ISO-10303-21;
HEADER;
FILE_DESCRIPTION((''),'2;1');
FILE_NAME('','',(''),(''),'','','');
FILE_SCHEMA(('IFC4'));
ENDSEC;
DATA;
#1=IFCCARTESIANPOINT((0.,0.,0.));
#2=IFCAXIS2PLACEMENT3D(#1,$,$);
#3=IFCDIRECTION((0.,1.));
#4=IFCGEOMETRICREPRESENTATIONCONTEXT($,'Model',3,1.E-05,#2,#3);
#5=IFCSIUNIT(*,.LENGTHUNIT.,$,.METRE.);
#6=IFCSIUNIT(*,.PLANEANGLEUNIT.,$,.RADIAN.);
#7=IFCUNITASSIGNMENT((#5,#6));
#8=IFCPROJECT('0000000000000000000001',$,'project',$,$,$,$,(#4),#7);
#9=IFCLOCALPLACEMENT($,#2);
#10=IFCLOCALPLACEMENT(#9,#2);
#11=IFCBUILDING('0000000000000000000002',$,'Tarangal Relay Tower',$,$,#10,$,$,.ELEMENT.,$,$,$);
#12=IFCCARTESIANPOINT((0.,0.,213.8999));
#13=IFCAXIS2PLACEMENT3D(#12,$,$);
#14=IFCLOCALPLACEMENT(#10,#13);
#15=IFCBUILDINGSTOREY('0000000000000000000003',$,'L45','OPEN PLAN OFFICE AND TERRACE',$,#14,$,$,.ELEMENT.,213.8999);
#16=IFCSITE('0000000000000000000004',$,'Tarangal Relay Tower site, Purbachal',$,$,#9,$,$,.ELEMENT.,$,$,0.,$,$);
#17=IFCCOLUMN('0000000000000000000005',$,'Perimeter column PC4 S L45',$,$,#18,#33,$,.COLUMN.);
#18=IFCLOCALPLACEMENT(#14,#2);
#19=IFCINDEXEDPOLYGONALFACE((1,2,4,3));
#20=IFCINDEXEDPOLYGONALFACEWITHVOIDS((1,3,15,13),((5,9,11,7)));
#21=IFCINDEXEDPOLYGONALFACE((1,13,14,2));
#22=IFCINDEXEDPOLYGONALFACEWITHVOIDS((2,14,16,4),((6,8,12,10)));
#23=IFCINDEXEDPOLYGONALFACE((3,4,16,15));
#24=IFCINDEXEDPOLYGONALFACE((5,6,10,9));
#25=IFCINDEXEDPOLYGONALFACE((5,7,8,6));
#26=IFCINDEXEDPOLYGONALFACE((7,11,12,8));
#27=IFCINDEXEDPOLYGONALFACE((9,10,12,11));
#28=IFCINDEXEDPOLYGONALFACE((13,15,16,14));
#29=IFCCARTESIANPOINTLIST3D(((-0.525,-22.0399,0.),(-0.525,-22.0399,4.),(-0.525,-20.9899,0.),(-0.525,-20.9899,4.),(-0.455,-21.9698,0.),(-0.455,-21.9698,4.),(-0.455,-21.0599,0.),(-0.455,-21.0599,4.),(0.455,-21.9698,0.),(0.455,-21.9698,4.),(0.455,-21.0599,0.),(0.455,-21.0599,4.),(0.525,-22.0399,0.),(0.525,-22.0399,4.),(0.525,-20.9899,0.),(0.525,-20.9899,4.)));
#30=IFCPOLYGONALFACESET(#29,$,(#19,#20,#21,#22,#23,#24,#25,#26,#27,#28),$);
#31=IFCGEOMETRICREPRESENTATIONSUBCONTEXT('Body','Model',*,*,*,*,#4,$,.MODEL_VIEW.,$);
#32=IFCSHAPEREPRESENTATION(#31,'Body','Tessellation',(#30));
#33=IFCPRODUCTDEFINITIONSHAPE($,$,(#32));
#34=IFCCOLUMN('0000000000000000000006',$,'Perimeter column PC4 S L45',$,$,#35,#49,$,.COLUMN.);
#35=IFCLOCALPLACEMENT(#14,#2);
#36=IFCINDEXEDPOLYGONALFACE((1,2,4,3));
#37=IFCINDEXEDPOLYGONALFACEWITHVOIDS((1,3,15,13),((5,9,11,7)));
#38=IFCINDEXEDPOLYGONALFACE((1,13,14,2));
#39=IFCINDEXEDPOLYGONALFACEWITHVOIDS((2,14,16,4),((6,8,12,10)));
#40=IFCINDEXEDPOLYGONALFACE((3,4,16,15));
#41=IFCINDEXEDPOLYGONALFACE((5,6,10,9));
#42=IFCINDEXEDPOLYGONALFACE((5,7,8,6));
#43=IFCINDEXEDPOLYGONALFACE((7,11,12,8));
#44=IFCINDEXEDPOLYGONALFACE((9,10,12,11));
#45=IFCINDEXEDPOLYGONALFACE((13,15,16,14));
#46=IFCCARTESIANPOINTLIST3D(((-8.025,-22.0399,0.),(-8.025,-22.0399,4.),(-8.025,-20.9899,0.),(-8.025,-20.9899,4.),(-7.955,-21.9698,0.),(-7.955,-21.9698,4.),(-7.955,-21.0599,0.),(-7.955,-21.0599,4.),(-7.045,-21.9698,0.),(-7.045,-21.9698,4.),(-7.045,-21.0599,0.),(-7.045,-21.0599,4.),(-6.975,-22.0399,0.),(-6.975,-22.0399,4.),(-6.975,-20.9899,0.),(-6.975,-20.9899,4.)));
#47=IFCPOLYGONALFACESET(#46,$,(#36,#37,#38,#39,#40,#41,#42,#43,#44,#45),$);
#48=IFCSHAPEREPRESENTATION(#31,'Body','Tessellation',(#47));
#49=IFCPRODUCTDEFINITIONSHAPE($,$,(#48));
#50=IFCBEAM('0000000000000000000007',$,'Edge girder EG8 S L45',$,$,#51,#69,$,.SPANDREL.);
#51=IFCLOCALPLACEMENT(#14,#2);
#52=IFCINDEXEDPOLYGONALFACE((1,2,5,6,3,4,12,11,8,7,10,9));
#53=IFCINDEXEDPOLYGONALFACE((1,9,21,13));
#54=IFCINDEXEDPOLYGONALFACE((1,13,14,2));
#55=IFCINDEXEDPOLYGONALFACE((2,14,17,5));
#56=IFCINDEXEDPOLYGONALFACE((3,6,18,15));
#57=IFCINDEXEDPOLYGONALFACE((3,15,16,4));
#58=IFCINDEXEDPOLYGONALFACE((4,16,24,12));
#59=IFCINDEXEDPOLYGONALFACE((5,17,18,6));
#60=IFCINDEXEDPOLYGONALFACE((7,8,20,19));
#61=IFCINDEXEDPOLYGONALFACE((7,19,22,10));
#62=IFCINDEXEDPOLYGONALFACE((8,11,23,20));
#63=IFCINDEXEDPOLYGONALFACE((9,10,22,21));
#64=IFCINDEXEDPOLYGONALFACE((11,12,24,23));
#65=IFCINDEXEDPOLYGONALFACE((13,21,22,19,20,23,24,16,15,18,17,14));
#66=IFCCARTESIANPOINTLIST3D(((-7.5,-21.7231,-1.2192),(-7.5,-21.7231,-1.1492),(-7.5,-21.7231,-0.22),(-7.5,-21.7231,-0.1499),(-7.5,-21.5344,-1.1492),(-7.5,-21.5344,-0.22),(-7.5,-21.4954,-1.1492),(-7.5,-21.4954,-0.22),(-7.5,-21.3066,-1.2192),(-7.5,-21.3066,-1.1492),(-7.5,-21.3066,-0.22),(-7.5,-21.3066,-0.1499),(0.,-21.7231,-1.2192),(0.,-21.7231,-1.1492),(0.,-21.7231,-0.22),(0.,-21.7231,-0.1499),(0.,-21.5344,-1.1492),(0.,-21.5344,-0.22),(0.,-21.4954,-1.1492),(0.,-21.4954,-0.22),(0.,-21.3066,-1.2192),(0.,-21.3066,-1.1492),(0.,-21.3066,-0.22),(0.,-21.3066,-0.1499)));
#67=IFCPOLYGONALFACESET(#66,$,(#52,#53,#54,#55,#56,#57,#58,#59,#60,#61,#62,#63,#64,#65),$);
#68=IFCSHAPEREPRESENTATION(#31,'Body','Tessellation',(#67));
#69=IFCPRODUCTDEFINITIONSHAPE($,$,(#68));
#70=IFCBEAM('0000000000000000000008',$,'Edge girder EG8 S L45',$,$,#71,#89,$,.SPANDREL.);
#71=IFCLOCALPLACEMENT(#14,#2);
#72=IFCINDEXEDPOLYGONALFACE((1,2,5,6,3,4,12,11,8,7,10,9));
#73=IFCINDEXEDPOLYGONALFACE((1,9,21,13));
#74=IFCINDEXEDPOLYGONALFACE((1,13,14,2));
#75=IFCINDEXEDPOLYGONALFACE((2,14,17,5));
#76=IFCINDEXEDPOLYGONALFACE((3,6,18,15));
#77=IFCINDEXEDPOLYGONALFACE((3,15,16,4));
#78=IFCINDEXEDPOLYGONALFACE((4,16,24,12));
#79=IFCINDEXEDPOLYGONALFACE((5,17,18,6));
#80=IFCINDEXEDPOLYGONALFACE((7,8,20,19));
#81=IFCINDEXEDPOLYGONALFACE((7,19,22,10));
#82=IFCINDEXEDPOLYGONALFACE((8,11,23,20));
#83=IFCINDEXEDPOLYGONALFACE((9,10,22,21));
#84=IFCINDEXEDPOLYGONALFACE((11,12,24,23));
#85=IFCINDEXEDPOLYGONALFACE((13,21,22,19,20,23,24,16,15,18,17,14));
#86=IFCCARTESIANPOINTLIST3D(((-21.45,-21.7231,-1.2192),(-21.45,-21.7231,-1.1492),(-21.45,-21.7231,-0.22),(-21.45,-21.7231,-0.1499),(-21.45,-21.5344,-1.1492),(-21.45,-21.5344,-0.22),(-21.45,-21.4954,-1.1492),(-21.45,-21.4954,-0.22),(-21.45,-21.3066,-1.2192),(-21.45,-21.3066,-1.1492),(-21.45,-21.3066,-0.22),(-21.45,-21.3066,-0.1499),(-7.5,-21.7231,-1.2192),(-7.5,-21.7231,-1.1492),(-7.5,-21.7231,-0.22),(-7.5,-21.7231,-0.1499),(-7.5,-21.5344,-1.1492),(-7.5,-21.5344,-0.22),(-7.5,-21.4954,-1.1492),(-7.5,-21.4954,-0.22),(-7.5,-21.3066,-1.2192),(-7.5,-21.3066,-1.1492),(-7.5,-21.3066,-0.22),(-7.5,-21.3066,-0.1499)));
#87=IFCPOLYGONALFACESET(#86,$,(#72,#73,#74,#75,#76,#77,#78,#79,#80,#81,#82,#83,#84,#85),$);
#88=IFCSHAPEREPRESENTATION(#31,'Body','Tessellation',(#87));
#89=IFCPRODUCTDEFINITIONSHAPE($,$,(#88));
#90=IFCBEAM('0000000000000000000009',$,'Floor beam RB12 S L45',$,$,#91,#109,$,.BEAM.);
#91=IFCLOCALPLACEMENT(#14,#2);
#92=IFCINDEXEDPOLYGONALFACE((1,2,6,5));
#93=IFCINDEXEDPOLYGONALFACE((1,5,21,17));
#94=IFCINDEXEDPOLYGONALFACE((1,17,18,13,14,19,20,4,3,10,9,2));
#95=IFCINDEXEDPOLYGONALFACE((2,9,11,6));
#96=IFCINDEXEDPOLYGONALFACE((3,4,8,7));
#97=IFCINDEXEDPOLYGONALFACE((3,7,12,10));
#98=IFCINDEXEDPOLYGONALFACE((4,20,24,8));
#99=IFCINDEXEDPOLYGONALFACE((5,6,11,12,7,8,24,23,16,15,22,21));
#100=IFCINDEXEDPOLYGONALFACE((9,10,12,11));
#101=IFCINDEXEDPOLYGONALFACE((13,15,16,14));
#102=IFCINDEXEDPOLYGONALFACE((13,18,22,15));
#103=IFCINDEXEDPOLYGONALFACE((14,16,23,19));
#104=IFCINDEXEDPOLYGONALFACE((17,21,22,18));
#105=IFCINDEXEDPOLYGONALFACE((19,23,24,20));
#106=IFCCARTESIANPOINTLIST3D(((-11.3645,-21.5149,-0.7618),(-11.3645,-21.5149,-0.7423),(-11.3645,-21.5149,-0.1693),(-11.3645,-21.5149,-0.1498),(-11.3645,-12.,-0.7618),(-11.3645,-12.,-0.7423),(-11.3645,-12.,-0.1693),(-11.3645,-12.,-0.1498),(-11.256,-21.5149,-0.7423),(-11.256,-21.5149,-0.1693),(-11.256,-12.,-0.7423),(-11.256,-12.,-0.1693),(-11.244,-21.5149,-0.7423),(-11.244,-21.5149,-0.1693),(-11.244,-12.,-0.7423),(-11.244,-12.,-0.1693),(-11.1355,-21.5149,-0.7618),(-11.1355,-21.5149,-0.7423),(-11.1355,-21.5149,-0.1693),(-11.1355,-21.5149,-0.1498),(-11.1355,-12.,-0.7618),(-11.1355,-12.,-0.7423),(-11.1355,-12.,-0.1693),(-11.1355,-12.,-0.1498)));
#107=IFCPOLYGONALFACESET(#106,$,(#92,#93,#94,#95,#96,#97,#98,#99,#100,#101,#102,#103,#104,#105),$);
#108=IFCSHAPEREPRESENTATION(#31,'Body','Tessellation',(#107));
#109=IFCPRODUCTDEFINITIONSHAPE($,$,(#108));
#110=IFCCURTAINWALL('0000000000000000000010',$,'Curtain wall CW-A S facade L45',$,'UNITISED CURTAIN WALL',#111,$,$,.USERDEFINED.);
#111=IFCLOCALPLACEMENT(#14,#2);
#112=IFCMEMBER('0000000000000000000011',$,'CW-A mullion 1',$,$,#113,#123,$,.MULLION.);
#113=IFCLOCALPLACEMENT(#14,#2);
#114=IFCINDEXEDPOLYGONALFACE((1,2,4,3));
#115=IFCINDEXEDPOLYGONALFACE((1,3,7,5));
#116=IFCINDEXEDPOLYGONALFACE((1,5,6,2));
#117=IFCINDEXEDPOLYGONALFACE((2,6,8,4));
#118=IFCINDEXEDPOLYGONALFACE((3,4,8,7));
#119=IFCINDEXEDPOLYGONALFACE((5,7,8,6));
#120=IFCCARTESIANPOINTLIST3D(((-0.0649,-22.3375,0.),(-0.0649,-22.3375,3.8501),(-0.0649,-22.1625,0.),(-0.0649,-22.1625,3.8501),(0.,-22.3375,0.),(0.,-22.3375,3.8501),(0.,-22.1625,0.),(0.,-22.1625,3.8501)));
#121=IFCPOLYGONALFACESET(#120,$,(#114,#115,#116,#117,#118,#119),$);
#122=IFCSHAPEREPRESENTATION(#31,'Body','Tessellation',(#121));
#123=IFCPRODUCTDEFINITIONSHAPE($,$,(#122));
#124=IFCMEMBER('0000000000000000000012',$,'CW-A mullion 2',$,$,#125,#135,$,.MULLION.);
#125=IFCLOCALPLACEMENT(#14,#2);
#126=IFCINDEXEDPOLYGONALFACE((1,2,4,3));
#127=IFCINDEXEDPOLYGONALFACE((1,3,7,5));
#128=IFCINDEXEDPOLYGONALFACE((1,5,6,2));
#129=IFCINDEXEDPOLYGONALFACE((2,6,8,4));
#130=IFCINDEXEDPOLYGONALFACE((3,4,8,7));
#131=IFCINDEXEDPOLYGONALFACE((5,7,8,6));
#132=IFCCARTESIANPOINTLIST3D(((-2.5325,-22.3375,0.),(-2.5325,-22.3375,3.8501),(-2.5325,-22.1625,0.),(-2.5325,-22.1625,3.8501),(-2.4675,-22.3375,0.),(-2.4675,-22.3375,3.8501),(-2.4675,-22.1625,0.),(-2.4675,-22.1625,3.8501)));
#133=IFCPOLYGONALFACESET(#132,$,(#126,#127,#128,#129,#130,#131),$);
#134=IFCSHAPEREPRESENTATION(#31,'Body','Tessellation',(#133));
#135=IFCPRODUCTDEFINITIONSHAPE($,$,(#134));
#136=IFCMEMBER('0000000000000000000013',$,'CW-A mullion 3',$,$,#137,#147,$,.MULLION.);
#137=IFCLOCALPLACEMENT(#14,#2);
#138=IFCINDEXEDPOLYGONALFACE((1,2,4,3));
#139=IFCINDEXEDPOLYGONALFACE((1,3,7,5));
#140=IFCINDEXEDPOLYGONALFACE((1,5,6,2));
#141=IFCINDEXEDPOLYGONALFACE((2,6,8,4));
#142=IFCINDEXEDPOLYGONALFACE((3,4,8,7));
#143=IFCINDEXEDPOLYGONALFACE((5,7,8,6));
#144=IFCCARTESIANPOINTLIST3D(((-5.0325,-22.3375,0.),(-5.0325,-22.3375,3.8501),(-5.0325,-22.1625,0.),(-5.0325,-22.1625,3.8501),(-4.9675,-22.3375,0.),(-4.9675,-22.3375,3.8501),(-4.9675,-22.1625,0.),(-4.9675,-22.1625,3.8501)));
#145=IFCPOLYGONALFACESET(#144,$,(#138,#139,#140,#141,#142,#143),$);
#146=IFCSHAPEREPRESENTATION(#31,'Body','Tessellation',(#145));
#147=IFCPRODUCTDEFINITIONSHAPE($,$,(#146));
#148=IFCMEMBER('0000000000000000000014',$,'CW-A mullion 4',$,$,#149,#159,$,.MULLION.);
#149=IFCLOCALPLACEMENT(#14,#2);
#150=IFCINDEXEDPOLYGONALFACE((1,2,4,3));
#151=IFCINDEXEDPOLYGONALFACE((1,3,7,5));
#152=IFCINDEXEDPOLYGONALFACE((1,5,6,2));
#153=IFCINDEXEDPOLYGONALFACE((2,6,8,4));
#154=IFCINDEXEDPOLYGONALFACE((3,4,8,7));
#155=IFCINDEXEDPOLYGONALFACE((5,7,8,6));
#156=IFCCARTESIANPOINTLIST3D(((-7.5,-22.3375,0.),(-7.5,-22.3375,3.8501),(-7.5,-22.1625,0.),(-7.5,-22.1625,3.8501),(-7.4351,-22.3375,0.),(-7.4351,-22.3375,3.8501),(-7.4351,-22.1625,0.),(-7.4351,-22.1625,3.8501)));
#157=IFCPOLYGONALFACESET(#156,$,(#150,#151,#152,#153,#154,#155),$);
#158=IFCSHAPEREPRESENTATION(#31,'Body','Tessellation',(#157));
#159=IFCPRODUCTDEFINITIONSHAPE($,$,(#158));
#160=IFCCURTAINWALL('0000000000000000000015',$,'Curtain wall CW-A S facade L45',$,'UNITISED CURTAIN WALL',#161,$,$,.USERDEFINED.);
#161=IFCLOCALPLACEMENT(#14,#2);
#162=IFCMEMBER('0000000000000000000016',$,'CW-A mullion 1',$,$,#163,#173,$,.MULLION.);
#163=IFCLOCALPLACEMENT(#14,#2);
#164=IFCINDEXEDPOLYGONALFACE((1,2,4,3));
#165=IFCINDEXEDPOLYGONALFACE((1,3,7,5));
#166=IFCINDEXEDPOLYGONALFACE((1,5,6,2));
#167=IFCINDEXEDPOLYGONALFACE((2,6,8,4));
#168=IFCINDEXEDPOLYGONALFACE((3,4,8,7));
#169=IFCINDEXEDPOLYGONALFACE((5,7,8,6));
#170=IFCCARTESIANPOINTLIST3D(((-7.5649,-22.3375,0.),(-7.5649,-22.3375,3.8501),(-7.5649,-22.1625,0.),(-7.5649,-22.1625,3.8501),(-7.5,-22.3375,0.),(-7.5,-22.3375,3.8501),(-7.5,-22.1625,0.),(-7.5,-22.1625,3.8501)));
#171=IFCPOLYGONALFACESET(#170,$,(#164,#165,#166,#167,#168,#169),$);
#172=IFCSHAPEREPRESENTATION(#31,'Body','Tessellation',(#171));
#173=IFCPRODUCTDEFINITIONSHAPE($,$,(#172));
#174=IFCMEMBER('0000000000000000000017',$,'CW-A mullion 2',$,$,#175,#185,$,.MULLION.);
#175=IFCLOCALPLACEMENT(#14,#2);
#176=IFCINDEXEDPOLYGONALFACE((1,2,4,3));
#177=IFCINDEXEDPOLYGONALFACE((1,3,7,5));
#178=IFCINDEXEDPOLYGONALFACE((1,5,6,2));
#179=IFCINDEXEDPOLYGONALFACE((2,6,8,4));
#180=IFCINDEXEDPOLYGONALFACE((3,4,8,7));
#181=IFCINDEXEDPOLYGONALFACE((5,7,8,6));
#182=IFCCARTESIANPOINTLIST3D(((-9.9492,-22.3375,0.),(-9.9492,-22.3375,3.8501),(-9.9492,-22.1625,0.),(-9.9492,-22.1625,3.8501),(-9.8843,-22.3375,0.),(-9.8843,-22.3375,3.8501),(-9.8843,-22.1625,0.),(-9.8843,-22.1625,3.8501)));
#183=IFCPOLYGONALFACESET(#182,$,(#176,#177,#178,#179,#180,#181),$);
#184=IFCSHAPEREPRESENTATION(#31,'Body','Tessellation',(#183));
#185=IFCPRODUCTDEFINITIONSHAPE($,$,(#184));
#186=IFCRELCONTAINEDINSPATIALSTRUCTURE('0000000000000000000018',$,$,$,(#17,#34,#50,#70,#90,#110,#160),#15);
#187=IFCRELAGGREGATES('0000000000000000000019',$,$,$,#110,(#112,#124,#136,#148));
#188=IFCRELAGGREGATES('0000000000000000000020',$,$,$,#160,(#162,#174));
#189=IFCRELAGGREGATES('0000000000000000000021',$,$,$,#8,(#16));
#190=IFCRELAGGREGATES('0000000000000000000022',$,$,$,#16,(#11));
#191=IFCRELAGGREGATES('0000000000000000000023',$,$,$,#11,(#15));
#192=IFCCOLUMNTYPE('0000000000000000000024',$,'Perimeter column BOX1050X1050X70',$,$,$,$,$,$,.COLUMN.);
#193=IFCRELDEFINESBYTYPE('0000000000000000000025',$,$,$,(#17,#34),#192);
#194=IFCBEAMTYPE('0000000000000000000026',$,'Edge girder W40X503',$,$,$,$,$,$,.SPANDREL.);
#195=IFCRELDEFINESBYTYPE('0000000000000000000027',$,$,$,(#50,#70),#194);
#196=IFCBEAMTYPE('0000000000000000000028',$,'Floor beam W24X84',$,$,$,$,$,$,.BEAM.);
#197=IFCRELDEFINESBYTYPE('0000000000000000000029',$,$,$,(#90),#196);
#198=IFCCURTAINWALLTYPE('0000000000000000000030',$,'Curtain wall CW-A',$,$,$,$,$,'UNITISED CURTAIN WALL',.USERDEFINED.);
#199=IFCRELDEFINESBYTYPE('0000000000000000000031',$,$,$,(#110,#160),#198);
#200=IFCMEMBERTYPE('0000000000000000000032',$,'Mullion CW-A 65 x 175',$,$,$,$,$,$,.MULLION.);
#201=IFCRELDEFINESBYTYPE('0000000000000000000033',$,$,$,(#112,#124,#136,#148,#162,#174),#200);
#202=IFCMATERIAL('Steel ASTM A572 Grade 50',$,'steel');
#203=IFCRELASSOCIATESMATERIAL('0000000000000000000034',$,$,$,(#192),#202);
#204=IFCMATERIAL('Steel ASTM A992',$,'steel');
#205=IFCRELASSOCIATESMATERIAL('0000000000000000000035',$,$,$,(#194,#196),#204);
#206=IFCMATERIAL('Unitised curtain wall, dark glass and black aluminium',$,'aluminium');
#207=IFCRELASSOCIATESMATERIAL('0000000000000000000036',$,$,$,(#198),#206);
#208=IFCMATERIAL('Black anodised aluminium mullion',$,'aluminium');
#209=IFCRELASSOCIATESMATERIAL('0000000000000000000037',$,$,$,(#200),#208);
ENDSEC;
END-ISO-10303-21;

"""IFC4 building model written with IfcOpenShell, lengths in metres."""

from ifc_helpers import new_model, si_unit, direction, frame, origin, origin_2d, place, context, subcontext, project, spatial, rectangle, hollow_rectangle, i_section, extrude, material, material_profile, profile_set, type_object, element, aggregate, save


model = new_model("IFC4")

# Units and contexts
model_context = context("Model", 3, precision=1e-05, world=origin(), true_north=direction((0.0, 1.0)))
body_context = subcontext(model_context, "Body", "Model", "MODEL_VIEW")
ifc_project = project(units=[si_unit("LENGTHUNIT", "METRE"), si_unit("PLANEANGLEUNIT", "RADIAN")], contexts=[model_context])

# Site, building, storey
site_placement = place(None, origin())
site = spatial("IfcSite", under=ifc_project, at=site_placement, Name="Tarangal Relay Tower site, Purbachal", CompositionType="ELEMENT", RefElevation=0.0)
building_placement = place(site_placement, origin())
building = spatial("IfcBuilding", under=site, at=building_placement, Name="Tarangal Relay Tower", CompositionType="ELEMENT")
storey_placement = place(building_placement, frame((0.0, 0.0, 213.8999)))
storey = spatial("IfcBuildingStorey", under=building, at=storey_placement, Name="L45", Description="OPEN PLAN OFFICE AND TERRACE", CompositionType="ELEMENT", Elevation=213.8999)

# Columns
ifc_material_1 = material(Name="Steel ASTM A572 Grade 50", Category="steel")
ifc_material_profile_1 = material_profile(ifc_material_1, hollow_rectangle(XDim=1.05, YDim=1.05, WallThickness=0.0701, at=origin_2d()), Name="BOX1050X1050X70")
ifc_profile_set_1 = profile_set([ifc_material_profile_1], Name="Steel ASTM A572 Grade 50")
column_type = type_object("IfcColumnType", Name="Perimeter column BOX1050X1050X70", PredefinedType="COLUMN", material=ifc_profile_set_1)
for number, where, z_axis, x_axis, name in (
    (1, (0.0, -21.5149, 0.0), (0.0, 0.0, 1.0), (1.0, 0.0, 0.0), "Perimeter column PC4 S L45"),
    (2, (-7.5, -21.5149, 0.0), (0.0, 0.0, 1.0), (1.0, 0.0, 0.0), "Perimeter column PC4 S L45"),
):
    element("IfcColumn", number, at=place(storey_placement, frame(where, z_axis=z_axis, x_axis=x_axis)), inside=storey, type_object=column_type, Name=name, PredefinedType="COLUMN", context=body_context, shape_type="SweptSolid", body=[
        extrude(hollow_rectangle(XDim=1.05, YDim=1.05, WallThickness=0.0701, at=origin_2d()), origin(), (0.0, 0.0, 1.0), 4.0),
    ])

# Beams
ifc_material_2 = material(Name="Steel ASTM A992", Category="steel")
ifc_material_profile_2 = material_profile(ifc_material_2, i_section(OverallWidth=0.4165, OverallDepth=1.0693, WebThickness=0.0391, FlangeThickness=0.0701, at=origin_2d()), Name="W40X503")
ifc_profile_set_2 = profile_set([ifc_material_profile_2], Name="Steel ASTM A992")
beam_type_1 = type_object("IfcBeamType", Name="Edge girder W40X503", PredefinedType="SPANDREL", material=ifc_profile_set_2)
beam_1_placement = place(storey_placement, frame((0.0, -21.5149, -0.6846), z_axis=(-1.0, 0.0, 0.0), x_axis=(0.0, -1.0, 0.0)))
element("IfcBeam", 3, at=beam_1_placement, inside=storey, type_object=beam_type_1, Name="Edge girder EG8 S L45", PredefinedType="SPANDREL", context=body_context, shape_type="SweptSolid", body=[
    extrude(i_section(OverallWidth=0.4165, OverallDepth=1.0693, WebThickness=0.0391, FlangeThickness=0.0701, at=origin_2d()), origin(), (0.0, 0.0, 1.0), 7.5),
])
beam_2_placement = place(storey_placement, frame((-7.5, -21.5149, -0.6846), z_axis=(-1.0, 0.0, 0.0), x_axis=(0.0, -1.0, 0.0)))
element("IfcBeam", 4, at=beam_2_placement, inside=storey, type_object=beam_type_1, Name="Edge girder EG8 S L45", PredefinedType="SPANDREL", context=body_context, shape_type="SweptSolid", body=[
    extrude(i_section(OverallWidth=0.4165, OverallDepth=1.0693, WebThickness=0.0391, FlangeThickness=0.0701, at=origin_2d()), origin(), (0.0, 0.0, 1.0), 13.95),
])
ifc_material_profile_3 = material_profile(ifc_material_2, i_section(OverallWidth=0.229, OverallDepth=0.6121, WebThickness=0.012, FlangeThickness=0.0195, at=origin_2d()), Name="W24X84")
ifc_profile_set_3 = profile_set([ifc_material_profile_3], Name="Steel ASTM A992")
beam_type_2 = type_object("IfcBeamType", Name="Floor beam W24X84", PredefinedType="BEAM", material=ifc_profile_set_3)
beam_3_placement = place(storey_placement, frame((-11.25, -12.0, -0.4558), z_axis=(0.0, -1.0, 0.0), x_axis=(1.0, 0.0, 0.0)))
element("IfcBeam", 5, at=beam_3_placement, inside=storey, type_object=beam_type_2, Name="Floor beam RB12 S L45", PredefinedType="BEAM", context=body_context, shape_type="SweptSolid", body=[
    extrude(i_section(OverallWidth=0.229, OverallDepth=0.6121, WebThickness=0.012, FlangeThickness=0.0195, at=origin_2d()), origin(), (0.0, 0.0, 1.0), 9.5149),
])

# Curtain walls, members
ifc_material_3 = material(Name="Unitised curtain wall, dark glass and black aluminium", Category="aluminium")
curtain_wall_type = type_object("IfcCurtainWallType", Name="Curtain wall CW-A", ElementType="UNITISED CURTAIN WALL", PredefinedType="USERDEFINED", material=ifc_material_3)
curtain_wall_1_placement = place(storey_placement, origin())
curtain_wall_1 = element("IfcCurtainWall", 6, at=curtain_wall_1_placement, inside=storey, type_object=curtain_wall_type, Name="Curtain wall CW-A S facade L45", ObjectType="UNITISED CURTAIN WALL", PredefinedType="USERDEFINED")
ifc_material_4 = material(Name="Black anodised aluminium mullion", Category="aluminium")
ifc_material_profile_4 = material_profile(ifc_material_4, rectangle(XDim=0.175, YDim=0.0649, at=origin_2d()), Name="CW-AM 65X175")
ifc_profile_set_4 = profile_set([ifc_material_profile_4], Name="Black anodised aluminium mullion")
member_type_1 = type_object("IfcMemberType", Name="Mullion CW-A 65 x 175", PredefinedType="MULLION", material=ifc_profile_set_4)
member_1_placement = place(storey_placement, frame((-0.0325, -22.25, 0.0), z_axis=(0.0, 0.0, 1.0), x_axis=(0.0, -1.0, 0.0)))
member_1 = element("IfcMember", 7, at=member_1_placement, type_object=member_type_1, Name="CW-A mullion 1", PredefinedType="MULLION", context=body_context, shape_type="SweptSolid", body=[
    extrude(rectangle(XDim=0.175, YDim=0.0649, at=origin_2d()), origin(), (0.0, 0.0, 1.0), 3.8501),
])
member_2_placement = place(storey_placement, frame((-2.5, -22.25, 0.0), z_axis=(0.0, 0.0, 1.0), x_axis=(0.0, -1.0, 0.0)))
member_2 = element("IfcMember", 8, at=member_2_placement, type_object=member_type_1, Name="CW-A mullion 2", PredefinedType="MULLION", context=body_context, shape_type="SweptSolid", body=[
    extrude(rectangle(XDim=0.175, YDim=0.0649, at=origin_2d()), origin(), (0.0, 0.0, 1.0), 3.8501),
])
member_3_placement = place(storey_placement, frame((-5.0, -22.25, 0.0), z_axis=(0.0, 0.0, 1.0), x_axis=(0.0, -1.0, 0.0)))
member_3 = element("IfcMember", 9, at=member_3_placement, type_object=member_type_1, Name="CW-A mullion 3", PredefinedType="MULLION", context=body_context, shape_type="SweptSolid", body=[
    extrude(rectangle(XDim=0.175, YDim=0.0649, at=origin_2d()), origin(), (0.0, 0.0, 1.0), 3.8501),
])
member_4_placement = place(storey_placement, frame((-7.4675, -22.25, 0.0), z_axis=(0.0, 0.0, 1.0), x_axis=(0.0, -1.0, 0.0)))
member_4 = element("IfcMember", 10, at=member_4_placement, type_object=member_type_1, Name="CW-A mullion 4", PredefinedType="MULLION", context=body_context, shape_type="SweptSolid", body=[
    extrude(rectangle(XDim=0.175, YDim=0.0649, at=origin_2d()), origin(), (0.0, 0.0, 1.0), 3.8501),
])
curtain_wall_2_placement = place(storey_placement, origin())
curtain_wall_2 = element("IfcCurtainWall", 11, at=curtain_wall_2_placement, inside=storey, type_object=curtain_wall_type, Name="Curtain wall CW-A S facade L45", ObjectType="UNITISED CURTAIN WALL", PredefinedType="USERDEFINED")
member_5_placement = place(storey_placement, frame((-7.5325, -22.25, 0.0), z_axis=(0.0, 0.0, 1.0), x_axis=(0.0, -1.0, 0.0)))
member_5 = element("IfcMember", 12, at=member_5_placement, type_object=member_type_1, Name="CW-A mullion 1", PredefinedType="MULLION", context=body_context, shape_type="SweptSolid", body=[
    extrude(rectangle(XDim=0.175, YDim=0.0649, at=origin_2d()), origin(), (0.0, 0.0, 1.0), 3.8501),
])
member_6_placement = place(storey_placement, frame((-9.9167, -22.25, 0.0), z_axis=(0.0, 0.0, 1.0), x_axis=(0.0, -1.0, 0.0)))
member_6 = element("IfcMember", 13, at=member_6_placement, type_object=member_type_1, Name="CW-A mullion 2", PredefinedType="MULLION", context=body_context, shape_type="SweptSolid", body=[
    extrude(rectangle(XDim=0.175, YDim=0.0649, at=origin_2d()), origin(), (0.0, 0.0, 1.0), 3.8501),
])

aggregate(curtain_wall_1, [member_1, member_2, member_3, member_4])
aggregate(curtain_wall_2, [member_5, member_6])

save(model, "model.ifc")
